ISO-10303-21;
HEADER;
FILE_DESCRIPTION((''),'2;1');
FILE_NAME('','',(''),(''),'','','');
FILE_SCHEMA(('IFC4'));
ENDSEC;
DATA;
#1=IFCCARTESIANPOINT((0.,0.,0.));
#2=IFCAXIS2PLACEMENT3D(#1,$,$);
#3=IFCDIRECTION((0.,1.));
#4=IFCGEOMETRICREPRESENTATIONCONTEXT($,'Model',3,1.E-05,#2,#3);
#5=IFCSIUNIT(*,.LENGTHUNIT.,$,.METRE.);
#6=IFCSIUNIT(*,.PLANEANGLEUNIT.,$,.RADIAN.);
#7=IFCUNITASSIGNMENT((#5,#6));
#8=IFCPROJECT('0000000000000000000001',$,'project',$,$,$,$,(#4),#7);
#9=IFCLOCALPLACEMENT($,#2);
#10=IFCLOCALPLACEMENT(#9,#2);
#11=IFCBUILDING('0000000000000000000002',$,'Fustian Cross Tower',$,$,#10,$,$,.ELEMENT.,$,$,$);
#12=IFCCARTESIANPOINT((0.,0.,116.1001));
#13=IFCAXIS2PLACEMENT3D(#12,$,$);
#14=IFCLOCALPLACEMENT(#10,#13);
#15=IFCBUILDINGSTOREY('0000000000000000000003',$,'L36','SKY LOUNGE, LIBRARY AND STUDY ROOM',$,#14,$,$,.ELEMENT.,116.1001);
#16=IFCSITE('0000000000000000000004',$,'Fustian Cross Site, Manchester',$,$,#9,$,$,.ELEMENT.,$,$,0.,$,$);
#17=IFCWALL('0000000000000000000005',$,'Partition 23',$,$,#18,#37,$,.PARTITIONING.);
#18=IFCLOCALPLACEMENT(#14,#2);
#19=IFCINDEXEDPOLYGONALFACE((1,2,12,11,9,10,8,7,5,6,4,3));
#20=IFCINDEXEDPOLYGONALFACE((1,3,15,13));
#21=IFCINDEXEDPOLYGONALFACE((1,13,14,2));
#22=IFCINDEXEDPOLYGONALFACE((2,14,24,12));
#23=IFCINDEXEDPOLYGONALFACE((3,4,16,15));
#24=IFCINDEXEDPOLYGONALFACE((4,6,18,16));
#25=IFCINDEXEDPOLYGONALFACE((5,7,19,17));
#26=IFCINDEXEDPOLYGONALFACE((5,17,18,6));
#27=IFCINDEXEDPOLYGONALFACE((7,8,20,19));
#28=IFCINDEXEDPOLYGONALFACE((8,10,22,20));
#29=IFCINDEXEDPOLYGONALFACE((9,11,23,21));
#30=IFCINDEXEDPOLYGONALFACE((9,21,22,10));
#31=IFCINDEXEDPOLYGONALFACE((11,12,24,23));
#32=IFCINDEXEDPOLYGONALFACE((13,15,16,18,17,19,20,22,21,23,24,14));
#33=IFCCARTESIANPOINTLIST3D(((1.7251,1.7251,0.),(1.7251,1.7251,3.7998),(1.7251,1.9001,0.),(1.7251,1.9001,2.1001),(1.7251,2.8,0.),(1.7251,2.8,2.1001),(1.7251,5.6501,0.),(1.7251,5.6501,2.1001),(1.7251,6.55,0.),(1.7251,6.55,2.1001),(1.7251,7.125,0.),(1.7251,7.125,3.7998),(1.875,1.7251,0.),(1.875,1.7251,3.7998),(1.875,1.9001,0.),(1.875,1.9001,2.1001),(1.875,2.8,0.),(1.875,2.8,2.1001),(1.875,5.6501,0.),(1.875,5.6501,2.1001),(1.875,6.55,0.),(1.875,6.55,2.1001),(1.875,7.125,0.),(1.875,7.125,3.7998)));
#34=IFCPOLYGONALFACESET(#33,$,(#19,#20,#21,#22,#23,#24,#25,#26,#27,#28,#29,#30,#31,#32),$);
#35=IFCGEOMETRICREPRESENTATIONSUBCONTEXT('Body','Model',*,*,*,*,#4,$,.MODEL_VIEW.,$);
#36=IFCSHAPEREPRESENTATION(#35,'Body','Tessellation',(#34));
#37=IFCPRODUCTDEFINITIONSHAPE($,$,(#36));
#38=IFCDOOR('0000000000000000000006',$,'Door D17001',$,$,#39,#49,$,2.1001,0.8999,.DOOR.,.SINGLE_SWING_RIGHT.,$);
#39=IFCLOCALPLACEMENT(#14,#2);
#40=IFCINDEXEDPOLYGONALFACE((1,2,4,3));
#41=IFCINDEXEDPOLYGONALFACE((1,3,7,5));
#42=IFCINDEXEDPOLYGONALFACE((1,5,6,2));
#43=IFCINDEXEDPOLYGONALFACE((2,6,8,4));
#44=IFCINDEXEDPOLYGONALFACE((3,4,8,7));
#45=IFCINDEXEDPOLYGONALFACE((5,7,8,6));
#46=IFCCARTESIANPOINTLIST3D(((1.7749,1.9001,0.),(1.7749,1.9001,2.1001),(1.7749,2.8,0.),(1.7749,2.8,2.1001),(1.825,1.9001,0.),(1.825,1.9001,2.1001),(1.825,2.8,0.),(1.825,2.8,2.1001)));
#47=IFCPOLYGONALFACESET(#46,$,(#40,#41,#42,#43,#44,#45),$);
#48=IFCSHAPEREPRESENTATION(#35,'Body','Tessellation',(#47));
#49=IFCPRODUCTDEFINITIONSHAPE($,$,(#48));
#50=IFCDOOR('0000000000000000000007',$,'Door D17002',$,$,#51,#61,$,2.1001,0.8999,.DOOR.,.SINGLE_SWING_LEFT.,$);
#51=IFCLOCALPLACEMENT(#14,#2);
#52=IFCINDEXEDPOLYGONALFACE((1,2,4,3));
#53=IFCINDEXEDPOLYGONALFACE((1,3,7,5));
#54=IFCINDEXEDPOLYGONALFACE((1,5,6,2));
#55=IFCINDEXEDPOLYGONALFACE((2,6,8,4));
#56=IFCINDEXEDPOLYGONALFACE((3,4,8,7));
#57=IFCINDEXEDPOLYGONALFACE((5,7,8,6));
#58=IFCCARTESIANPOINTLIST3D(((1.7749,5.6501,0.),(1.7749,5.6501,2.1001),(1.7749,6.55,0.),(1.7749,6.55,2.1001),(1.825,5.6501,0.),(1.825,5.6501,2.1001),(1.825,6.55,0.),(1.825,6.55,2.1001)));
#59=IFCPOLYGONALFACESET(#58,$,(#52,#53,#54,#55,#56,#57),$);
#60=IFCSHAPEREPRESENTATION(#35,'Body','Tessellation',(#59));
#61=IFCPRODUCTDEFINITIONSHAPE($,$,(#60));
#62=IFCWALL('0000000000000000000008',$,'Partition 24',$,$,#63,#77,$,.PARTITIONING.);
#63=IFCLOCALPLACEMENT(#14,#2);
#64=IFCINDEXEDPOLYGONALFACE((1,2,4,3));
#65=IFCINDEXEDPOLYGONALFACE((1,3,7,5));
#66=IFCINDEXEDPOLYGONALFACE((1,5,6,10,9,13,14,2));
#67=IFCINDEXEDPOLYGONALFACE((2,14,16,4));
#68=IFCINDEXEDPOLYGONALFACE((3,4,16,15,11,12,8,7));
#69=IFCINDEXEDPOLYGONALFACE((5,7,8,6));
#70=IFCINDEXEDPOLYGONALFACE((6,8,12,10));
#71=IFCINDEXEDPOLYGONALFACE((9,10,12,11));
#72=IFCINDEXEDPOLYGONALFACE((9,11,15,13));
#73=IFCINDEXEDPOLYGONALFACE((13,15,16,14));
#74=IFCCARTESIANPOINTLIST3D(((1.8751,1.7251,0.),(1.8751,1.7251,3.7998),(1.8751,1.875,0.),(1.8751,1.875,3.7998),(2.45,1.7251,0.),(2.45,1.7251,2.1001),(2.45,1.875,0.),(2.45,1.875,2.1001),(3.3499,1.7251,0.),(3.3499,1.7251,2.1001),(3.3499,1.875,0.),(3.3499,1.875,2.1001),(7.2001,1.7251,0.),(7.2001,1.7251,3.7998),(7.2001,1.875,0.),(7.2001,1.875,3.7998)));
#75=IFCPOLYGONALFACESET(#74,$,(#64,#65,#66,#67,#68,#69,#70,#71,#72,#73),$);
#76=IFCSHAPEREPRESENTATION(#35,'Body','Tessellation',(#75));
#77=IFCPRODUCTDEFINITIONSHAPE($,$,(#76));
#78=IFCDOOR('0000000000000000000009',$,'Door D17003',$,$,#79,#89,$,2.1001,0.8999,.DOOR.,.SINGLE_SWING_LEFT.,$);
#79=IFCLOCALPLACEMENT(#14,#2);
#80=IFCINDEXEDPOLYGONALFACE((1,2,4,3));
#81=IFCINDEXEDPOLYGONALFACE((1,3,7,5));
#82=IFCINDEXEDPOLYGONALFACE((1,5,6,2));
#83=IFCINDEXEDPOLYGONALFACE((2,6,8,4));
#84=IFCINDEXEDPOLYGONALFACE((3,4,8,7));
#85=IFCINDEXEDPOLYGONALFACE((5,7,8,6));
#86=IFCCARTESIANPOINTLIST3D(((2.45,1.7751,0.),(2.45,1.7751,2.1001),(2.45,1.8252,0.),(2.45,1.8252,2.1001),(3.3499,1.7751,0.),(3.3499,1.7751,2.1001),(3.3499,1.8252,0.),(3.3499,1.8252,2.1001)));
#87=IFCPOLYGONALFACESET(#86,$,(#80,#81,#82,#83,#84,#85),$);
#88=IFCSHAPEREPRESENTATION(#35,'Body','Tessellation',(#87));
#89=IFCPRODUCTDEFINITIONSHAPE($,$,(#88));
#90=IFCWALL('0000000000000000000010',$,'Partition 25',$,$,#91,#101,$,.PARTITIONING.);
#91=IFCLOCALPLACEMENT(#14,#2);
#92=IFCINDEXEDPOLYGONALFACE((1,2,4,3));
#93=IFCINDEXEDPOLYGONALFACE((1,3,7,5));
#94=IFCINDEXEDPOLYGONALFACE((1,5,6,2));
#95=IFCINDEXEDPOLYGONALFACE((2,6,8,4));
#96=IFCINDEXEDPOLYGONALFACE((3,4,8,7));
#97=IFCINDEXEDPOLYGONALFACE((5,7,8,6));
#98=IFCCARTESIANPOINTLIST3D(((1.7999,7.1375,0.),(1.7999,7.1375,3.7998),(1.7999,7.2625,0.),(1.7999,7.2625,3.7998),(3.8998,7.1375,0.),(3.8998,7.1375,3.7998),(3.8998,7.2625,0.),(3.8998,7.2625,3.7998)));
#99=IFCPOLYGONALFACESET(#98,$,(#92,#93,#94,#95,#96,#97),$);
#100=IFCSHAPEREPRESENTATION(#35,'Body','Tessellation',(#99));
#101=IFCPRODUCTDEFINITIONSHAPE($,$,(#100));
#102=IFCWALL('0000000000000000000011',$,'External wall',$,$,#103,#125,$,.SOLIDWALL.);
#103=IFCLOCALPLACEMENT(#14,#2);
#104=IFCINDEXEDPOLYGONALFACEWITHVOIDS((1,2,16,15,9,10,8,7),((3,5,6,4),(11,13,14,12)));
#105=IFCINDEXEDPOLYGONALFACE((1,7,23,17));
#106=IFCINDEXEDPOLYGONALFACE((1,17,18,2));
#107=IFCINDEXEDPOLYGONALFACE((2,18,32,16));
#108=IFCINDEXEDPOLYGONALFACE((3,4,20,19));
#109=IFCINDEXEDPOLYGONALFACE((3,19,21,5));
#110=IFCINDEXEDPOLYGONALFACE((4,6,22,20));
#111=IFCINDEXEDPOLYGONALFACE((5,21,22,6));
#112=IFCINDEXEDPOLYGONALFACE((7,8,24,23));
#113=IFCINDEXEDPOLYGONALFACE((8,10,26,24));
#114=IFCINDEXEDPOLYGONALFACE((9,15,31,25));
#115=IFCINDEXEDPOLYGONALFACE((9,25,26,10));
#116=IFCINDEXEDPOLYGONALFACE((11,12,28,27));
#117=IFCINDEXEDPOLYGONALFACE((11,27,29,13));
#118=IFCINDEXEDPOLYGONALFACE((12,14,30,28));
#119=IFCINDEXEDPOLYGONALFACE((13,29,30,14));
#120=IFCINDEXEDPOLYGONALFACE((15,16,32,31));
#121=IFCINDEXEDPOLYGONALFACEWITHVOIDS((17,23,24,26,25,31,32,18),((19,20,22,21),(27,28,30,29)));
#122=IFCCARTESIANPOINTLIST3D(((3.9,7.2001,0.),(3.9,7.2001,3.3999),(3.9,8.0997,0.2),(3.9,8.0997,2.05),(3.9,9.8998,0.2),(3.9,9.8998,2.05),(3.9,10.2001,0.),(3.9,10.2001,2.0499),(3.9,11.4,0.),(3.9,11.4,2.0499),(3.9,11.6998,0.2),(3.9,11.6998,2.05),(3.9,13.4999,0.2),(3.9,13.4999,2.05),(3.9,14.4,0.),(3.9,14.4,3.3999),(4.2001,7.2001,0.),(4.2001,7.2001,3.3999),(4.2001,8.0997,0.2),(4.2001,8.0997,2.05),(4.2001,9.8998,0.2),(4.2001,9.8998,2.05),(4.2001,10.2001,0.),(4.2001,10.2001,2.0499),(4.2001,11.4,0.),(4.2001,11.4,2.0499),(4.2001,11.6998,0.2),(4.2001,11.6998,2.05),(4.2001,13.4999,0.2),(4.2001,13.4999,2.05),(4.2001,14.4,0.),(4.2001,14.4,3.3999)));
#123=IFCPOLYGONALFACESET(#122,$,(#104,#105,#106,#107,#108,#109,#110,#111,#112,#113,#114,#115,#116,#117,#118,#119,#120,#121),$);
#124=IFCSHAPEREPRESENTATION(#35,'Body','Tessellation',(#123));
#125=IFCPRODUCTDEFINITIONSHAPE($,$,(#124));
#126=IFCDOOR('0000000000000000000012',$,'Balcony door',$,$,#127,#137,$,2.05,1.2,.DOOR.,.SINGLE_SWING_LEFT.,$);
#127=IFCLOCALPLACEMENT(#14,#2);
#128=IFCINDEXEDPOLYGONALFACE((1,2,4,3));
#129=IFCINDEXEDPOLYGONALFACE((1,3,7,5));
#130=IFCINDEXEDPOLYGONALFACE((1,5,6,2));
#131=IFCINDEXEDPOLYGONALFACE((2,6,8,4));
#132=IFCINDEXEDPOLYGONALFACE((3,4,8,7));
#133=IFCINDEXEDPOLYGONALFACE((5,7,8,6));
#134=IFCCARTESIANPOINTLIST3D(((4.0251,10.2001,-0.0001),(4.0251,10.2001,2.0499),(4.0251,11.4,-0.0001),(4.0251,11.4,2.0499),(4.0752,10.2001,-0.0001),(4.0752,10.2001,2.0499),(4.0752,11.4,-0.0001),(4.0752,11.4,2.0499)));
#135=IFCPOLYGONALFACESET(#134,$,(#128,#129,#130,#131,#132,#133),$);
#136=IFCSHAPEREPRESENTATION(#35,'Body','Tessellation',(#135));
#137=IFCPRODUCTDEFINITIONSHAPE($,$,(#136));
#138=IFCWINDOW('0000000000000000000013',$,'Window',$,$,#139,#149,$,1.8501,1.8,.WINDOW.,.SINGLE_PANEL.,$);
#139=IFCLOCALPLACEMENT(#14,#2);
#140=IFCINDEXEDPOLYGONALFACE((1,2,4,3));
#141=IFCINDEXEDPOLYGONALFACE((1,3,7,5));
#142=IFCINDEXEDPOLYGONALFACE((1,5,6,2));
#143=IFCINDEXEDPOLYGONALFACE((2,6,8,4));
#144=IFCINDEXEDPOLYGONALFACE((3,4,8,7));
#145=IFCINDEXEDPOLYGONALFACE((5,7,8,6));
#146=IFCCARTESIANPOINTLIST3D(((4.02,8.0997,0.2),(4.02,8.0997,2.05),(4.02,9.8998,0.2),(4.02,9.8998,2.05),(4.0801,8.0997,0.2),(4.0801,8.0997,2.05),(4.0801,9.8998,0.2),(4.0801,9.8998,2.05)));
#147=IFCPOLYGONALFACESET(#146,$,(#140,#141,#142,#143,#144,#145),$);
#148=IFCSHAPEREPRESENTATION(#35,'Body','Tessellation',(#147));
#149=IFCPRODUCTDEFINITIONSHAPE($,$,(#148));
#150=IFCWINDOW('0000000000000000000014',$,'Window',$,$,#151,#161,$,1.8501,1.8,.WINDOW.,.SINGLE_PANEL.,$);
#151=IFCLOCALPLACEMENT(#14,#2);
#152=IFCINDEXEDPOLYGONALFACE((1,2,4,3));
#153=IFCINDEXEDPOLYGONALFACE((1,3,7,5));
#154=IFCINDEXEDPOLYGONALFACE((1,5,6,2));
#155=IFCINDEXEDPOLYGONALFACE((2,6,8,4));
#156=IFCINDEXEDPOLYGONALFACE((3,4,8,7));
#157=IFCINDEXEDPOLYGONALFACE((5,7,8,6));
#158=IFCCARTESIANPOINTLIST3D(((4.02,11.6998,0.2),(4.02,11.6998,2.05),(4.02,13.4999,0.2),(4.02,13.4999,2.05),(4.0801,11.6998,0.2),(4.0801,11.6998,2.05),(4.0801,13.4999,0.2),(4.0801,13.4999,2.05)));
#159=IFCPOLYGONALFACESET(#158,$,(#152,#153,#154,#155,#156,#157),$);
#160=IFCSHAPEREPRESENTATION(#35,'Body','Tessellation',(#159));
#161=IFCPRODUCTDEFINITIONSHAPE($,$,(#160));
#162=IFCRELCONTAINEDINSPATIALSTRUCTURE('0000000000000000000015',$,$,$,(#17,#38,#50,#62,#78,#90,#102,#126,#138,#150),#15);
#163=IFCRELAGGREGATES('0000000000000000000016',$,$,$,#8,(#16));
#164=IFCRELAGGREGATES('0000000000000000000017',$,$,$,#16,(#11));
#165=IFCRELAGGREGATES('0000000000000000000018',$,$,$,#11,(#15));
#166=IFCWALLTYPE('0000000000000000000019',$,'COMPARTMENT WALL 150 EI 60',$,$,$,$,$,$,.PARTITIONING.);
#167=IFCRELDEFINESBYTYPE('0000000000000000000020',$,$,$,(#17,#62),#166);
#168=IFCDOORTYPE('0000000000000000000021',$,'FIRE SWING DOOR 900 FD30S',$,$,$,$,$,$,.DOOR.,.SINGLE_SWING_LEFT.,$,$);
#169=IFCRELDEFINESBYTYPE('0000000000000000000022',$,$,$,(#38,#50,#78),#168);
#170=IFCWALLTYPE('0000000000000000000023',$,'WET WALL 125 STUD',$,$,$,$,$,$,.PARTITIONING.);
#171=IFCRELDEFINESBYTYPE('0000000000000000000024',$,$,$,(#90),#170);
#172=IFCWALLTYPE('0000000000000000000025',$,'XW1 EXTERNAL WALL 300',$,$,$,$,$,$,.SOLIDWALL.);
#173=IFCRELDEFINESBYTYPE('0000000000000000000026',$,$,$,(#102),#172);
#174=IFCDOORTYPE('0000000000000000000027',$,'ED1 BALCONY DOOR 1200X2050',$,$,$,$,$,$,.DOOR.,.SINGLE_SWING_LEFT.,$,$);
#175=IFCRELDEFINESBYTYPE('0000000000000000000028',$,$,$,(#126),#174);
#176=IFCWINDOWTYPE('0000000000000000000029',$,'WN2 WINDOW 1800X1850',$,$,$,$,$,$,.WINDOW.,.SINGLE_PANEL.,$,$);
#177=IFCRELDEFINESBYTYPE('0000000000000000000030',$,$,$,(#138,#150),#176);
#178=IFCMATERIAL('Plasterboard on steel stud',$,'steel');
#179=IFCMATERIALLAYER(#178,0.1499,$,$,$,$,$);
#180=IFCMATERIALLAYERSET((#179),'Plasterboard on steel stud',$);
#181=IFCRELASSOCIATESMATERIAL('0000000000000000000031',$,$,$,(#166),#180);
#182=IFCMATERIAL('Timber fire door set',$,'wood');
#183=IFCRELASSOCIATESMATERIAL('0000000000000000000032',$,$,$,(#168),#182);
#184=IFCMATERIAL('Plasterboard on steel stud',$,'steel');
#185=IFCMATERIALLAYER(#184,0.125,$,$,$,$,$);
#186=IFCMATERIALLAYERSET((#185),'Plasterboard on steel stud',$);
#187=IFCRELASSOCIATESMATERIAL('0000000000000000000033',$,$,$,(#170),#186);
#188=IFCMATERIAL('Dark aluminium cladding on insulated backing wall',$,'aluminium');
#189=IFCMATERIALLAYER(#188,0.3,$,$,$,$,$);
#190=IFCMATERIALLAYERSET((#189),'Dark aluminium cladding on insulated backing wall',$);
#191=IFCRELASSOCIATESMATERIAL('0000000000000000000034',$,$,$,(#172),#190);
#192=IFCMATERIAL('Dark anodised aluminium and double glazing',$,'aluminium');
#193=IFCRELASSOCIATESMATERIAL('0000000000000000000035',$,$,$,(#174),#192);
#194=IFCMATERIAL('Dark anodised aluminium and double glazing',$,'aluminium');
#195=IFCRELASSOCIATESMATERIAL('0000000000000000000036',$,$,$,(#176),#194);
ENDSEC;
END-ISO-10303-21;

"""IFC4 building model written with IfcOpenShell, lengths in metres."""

from ifc_helpers import new_model, si_unit, direction, frame, frame_2d, origin, place, context, subcontext, project, spatial, rectangle, extrude, material, layer, layer_set, type_object, element, fill, save


model = new_model("IFC4")

# Units and contexts
model_context = context("Model", 3, precision=1e-05, world=origin(), true_north=direction((0.0, 1.0)))
body_context = subcontext(model_context, "Body", "Model", "MODEL_VIEW")
ifc_project = project(units=[si_unit("LENGTHUNIT", "METRE"), si_unit("PLANEANGLEUNIT", "RADIAN")], contexts=[model_context])

# Site, building, storey
site_placement = place(None, origin())
site = spatial("IfcSite", under=ifc_project, at=site_placement, Name="Fustian Cross Site, Manchester", CompositionType="ELEMENT", RefElevation=0.0)
building_placement = place(site_placement, origin())
building = spatial("IfcBuilding", under=site, at=building_placement, Name="Fustian Cross Tower", CompositionType="ELEMENT")
storey_placement = place(building_placement, frame((0.0, 0.0, 116.1001)))
storey = spatial("IfcBuildingStorey", under=building, at=storey_placement, Name="L36", Description="SKY LOUNGE, LIBRARY AND STUDY ROOM", CompositionType="ELEMENT", Elevation=116.1001)

# Wall, openings, doors
ifc_material_1 = material(Name="Plasterboard on steel stud", Category="steel")
ifc_layer_1 = layer(ifc_material_1, 0.1499)
ifc_layer_set_1 = layer_set([ifc_layer_1], Name="Plasterboard on steel stud")
wall_type_1 = type_object("IfcWallType", Name="COMPARTMENT WALL 150 EI 60", PredefinedType="PARTITIONING", material=ifc_layer_set_1)
wall_1_placement = place(storey_placement, frame((1.8, 1.7251, 0.0), z_axis=(0.0, 0.0, 1.0), x_axis=(0.0, 1.0, 0.0)))
wall_1 = element("IfcWall", 1, at=wall_1_placement, inside=storey, type_object=wall_type_1, Name="Partition 23", PredefinedType="PARTITIONING", context=body_context, shape_type="SweptSolid", body=[
    extrude(rectangle(XDim=5.3999, YDim=0.1499, at=frame_2d((2.7, 0.0))), origin(), (0.0, 0.0, 1.0), 3.7998),
])
opening_1_placement = place(wall_1_placement, frame((0.175, 0.0, 0.0)))
opening_1 = element("IfcOpeningElement", 2, at=opening_1_placement, cuts=wall_1, PredefinedType="OPENING", context=body_context, shape_type="SweptSolid", body=[
    extrude(rectangle(XDim=0.8999, YDim=2.1001, at=frame_2d((0.45, 1.05))), frame((0.0, 0.085, 0.0), z_axis=(0.0, -1.0, 0.0), x_axis=(1.0, 0.0, 0.0)), (0.0, 0.0, 1.0), 0.1699),
])
opening_2_placement = place(wall_1_placement, frame((3.925, 0.0, 0.0)))
opening_2 = element("IfcOpeningElement", 3, at=opening_2_placement, cuts=wall_1, PredefinedType="OPENING", context=body_context, shape_type="SweptSolid", body=[
    extrude(rectangle(XDim=0.8999, YDim=2.1001, at=frame_2d((0.45, 1.05))), frame((0.0, 0.085, 0.0), z_axis=(0.0, -1.0, 0.0), x_axis=(1.0, 0.0, 0.0)), (0.0, 0.0, 1.0), 0.1699),
])
ifc_material_2 = material(Name="Timber fire door set", Category="wood")
door_type_1 = type_object("IfcDoorType", Name="FIRE SWING DOOR 900 FD30S", OperationType="SINGLE_SWING_LEFT", PredefinedType="DOOR", material=ifc_material_2)
door_1_placement = place(opening_1_placement, frame((0.8999, 0.0, 0.0), z_axis=(0.0, 0.0, 1.0), x_axis=(-1.0, 0.0, 0.0)))
door_1 = element("IfcDoor", 4, at=door_1_placement, inside=storey, type_object=door_type_1, Name="Door D17001", OperationType="SINGLE_SWING_RIGHT", OverallHeight=2.1001, OverallWidth=0.8999, PredefinedType="DOOR", context=body_context, shape_type="SweptSolid", body=[
    extrude(rectangle(XDim=0.8999, YDim=2.1001, at=frame_2d((0.45, 1.05))), frame((0.0, 0.0249, 0.0), z_axis=(0.0, -1.0, 0.0), x_axis=(1.0, 0.0, 0.0)), (0.0, 0.0, 1.0), 0.05),
])
fill(opening_1, door_1)
door_2_placement = place(opening_2_placement, frame((0.8999, 0.0, 0.0), z_axis=(0.0, 0.0, 1.0), x_axis=(-1.0, 0.0, 0.0)))
door_2 = element("IfcDoor", 5, at=door_2_placement, inside=storey, type_object=door_type_1, Name="Door D17002", OperationType="SINGLE_SWING_LEFT", OverallHeight=2.1001, OverallWidth=0.8999, PredefinedType="DOOR", context=body_context, shape_type="SweptSolid", body=[
    extrude(rectangle(XDim=0.8999, YDim=2.1001, at=frame_2d((0.45, 1.05))), frame((0.0, 0.0249, 0.0), z_axis=(0.0, -1.0, 0.0), x_axis=(1.0, 0.0, 0.0)), (0.0, 0.0, 1.0), 0.05),
])
fill(opening_2, door_2)

# Wall, opening, door
wall_2_placement = place(storey_placement, frame((1.875, 1.8, 0.0), z_axis=(0.0, 0.0, 1.0), x_axis=(1.0, 0.0, 0.0)))
wall_2 = element("IfcWall", 6, at=wall_2_placement, inside=storey, type_object=wall_type_1, Name="Partition 24", PredefinedType="PARTITIONING", context=body_context, shape_type="SweptSolid", body=[
    extrude(rectangle(XDim=5.325, YDim=0.1499, at=frame_2d((2.6626, 0.0))), origin(), (0.0, 0.0, 1.0), 3.7998),
])
opening_3_placement = place(wall_2_placement, frame((0.575, 0.0, 0.0)))
opening_3 = element("IfcOpeningElement", 7, at=opening_3_placement, cuts=wall_2, PredefinedType="OPENING", context=body_context, shape_type="SweptSolid", body=[
    extrude(rectangle(XDim=0.8999, YDim=2.1001, at=frame_2d((0.45, 1.05))), frame((0.0, 0.085, 0.0), z_axis=(0.0, -1.0, 0.0), x_axis=(1.0, 0.0, 0.0)), (0.0, 0.0, 1.0), 0.1699),
])
door_3_placement = place(opening_3_placement, frame((0.8999, 0.0, 0.0), z_axis=(0.0, 0.0, 1.0), x_axis=(-1.0, 0.0, 0.0)))
door_3 = element("IfcDoor", 8, at=door_3_placement, inside=storey, type_object=door_type_1, Name="Door D17003", OperationType="SINGLE_SWING_LEFT", OverallHeight=2.1001, OverallWidth=0.8999, PredefinedType="DOOR", context=body_context, shape_type="SweptSolid", body=[
    extrude(rectangle(XDim=0.8999, YDim=2.1001, at=frame_2d((0.45, 1.05))), frame((0.0, 0.0249, 0.0), z_axis=(0.0, -1.0, 0.0), x_axis=(1.0, 0.0, 0.0)), (0.0, 0.0, 1.0), 0.05),
])
fill(opening_3, door_3)

# Wall
ifc_material_3 = material(Name="Plasterboard on steel stud", Category="steel")
ifc_layer_2 = layer(ifc_material_3, 0.125)
ifc_layer_set_2 = layer_set([ifc_layer_2], Name="Plasterboard on steel stud")
wall_type_2 = type_object("IfcWallType", Name="WET WALL 125 STUD", PredefinedType="PARTITIONING", material=ifc_layer_set_2)
wall_3_placement = place(storey_placement, frame((1.8, 7.2, 0.0), z_axis=(0.0, 0.0, 1.0), x_axis=(1.0, 0.0, 0.0)))
element("IfcWall", 9, at=wall_3_placement, inside=storey, type_object=wall_type_2, Name="Partition 25", PredefinedType="PARTITIONING", context=body_context, shape_type="SweptSolid", body=[
    extrude(rectangle(XDim=2.0999, YDim=0.125, at=frame_2d((1.0498, 0.0))), origin(), (0.0, 0.0, 1.0), 3.7998),
])

# Wall, openings, door, windows
ifc_material_4 = material(Name="Dark aluminium cladding on insulated backing wall", Category="aluminium")
ifc_layer_3 = layer(ifc_material_4, 0.3)
ifc_layer_set_3 = layer_set([ifc_layer_3], Name="Dark aluminium cladding on insulated backing wall")
wall_type_3 = type_object("IfcWallType", Name="XW1 EXTERNAL WALL 300", PredefinedType="SOLIDWALL", material=ifc_layer_set_3)
wall_4_placement = place(storey_placement, frame((4.05, 7.2, 0.0), z_axis=(0.0, 0.0, 1.0), x_axis=(0.0, 1.0, 0.0)))
wall_4 = element("IfcWall", 10, at=wall_4_placement, inside=storey, type_object=wall_type_3, Name="External wall", PredefinedType="SOLIDWALL", context=body_context, shape_type="SweptSolid", body=[
    extrude(rectangle(XDim=7.2, YDim=0.3, at=frame_2d((3.6001, 0.0))), origin(), (0.0, 0.0, 1.0), 3.3999),
])
opening_4_placement = place(wall_4_placement, frame((3.0, 0.0, 0.0)))
opening_4 = element("IfcOpeningElement", 11, at=opening_4_placement, cuts=wall_4, PredefinedType="OPENING", context=body_context, shape_type="SweptSolid", body=[
    extrude(rectangle(XDim=1.2, YDim=2.05, at=frame_2d((0.6001, 1.0249))), frame((0.0, 0.1599, 0.0), z_axis=(0.0, -1.0, 0.0), x_axis=(1.0, 0.0, 0.0)), (0.0, 0.0, 1.0), 0.3201),
])
opening_5_placement = place(wall_4_placement, frame((0.8999, 0.0, 0.2)))
opening_5 = element("IfcOpeningElement", 12, at=opening_5_placement, cuts=wall_4, PredefinedType="OPENING", context=body_context, shape_type="SweptSolid", body=[
    extrude(rectangle(XDim=1.8, YDim=1.8501, at=frame_2d((0.8999, 0.925))), frame((0.0, 0.1599, 0.0), z_axis=(0.0, -1.0, 0.0), x_axis=(1.0, 0.0, 0.0)), (0.0, 0.0, 1.0), 0.3201),
])
opening_6_placement = place(wall_4_placement, frame((4.5, 0.0, 0.2)))
opening_6 = element("IfcOpeningElement", 13, at=opening_6_placement, cuts=wall_4, PredefinedType="OPENING", context=body_context, shape_type="SweptSolid", body=[
    extrude(rectangle(XDim=1.8, YDim=1.8501, at=frame_2d((0.8999, 0.925))), frame((0.0, 0.1599, 0.0), z_axis=(0.0, -1.0, 0.0), x_axis=(1.0, 0.0, 0.0)), (0.0, 0.0, 1.0), 0.3201),
])
ifc_material_5 = material(Name="Dark anodised aluminium and double glazing", Category="aluminium")
door_type_2 = type_object("IfcDoorType", Name="ED1 BALCONY DOOR 1200X2050", OperationType="SINGLE_SWING_LEFT", PredefinedType="DOOR", material=ifc_material_5)
door_4_placement = place(opening_4_placement, origin())
door_4 = element("IfcDoor", 14, at=door_4_placement, inside=storey, type_object=door_type_2, Name="Balcony door", OperationType="SINGLE_SWING_LEFT", OverallHeight=2.05, OverallWidth=1.2, PredefinedType="DOOR", context=body_context, shape_type="SweptSolid", body=[
    extrude(rectangle(XDim=1.2, YDim=2.05, at=frame_2d((0.6001, 1.0249))), frame((0.0, 0.0249, 0.0), z_axis=(0.0, -1.0, 0.0), x_axis=(1.0, 0.0, 0.0)), (0.0, 0.0, 1.0), 0.05),
])
fill(opening_4, door_4)
ifc_material_6 = material(Name="Dark anodised aluminium and double glazing", Category="aluminium")
window_type = type_object("IfcWindowType", Name="WN2 WINDOW 1800X1850", PartitioningType="SINGLE_PANEL", PredefinedType="WINDOW", material=ifc_material_6)
window_1_placement = place(opening_5_placement, origin())
window_1 = element("IfcWindow", 15, at=window_1_placement, inside=storey, type_object=window_type, Name="Window", OverallHeight=1.8501, OverallWidth=1.8, PartitioningType="SINGLE_PANEL", PredefinedType="WINDOW", context=body_context, shape_type="SweptSolid", body=[
    extrude(rectangle(XDim=1.8, YDim=1.8501, at=frame_2d((0.8999, 0.925))), frame((0.0, 0.03, 0.0), z_axis=(0.0, -1.0, 0.0), x_axis=(1.0, 0.0, 0.0)), (0.0, 0.0, 1.0), 0.0601),
])
fill(opening_5, window_1)
window_2_placement = place(opening_6_placement, origin())
window_2 = element("IfcWindow", 16, at=window_2_placement, inside=storey, type_object=window_type, Name="Window", OverallHeight=1.8501, OverallWidth=1.8, PartitioningType="SINGLE_PANEL", PredefinedType="WINDOW", context=body_context, shape_type="SweptSolid", body=[
    extrude(rectangle(XDim=1.8, YDim=1.8501, at=frame_2d((0.8999, 0.925))), frame((0.0, 0.03, 0.0), z_axis=(0.0, -1.0, 0.0), x_axis=(1.0, 0.0, 0.0)), (0.0, 0.0, 1.0), 0.0601),
])
fill(opening_6, window_2)

save(model, "model.ifc")
